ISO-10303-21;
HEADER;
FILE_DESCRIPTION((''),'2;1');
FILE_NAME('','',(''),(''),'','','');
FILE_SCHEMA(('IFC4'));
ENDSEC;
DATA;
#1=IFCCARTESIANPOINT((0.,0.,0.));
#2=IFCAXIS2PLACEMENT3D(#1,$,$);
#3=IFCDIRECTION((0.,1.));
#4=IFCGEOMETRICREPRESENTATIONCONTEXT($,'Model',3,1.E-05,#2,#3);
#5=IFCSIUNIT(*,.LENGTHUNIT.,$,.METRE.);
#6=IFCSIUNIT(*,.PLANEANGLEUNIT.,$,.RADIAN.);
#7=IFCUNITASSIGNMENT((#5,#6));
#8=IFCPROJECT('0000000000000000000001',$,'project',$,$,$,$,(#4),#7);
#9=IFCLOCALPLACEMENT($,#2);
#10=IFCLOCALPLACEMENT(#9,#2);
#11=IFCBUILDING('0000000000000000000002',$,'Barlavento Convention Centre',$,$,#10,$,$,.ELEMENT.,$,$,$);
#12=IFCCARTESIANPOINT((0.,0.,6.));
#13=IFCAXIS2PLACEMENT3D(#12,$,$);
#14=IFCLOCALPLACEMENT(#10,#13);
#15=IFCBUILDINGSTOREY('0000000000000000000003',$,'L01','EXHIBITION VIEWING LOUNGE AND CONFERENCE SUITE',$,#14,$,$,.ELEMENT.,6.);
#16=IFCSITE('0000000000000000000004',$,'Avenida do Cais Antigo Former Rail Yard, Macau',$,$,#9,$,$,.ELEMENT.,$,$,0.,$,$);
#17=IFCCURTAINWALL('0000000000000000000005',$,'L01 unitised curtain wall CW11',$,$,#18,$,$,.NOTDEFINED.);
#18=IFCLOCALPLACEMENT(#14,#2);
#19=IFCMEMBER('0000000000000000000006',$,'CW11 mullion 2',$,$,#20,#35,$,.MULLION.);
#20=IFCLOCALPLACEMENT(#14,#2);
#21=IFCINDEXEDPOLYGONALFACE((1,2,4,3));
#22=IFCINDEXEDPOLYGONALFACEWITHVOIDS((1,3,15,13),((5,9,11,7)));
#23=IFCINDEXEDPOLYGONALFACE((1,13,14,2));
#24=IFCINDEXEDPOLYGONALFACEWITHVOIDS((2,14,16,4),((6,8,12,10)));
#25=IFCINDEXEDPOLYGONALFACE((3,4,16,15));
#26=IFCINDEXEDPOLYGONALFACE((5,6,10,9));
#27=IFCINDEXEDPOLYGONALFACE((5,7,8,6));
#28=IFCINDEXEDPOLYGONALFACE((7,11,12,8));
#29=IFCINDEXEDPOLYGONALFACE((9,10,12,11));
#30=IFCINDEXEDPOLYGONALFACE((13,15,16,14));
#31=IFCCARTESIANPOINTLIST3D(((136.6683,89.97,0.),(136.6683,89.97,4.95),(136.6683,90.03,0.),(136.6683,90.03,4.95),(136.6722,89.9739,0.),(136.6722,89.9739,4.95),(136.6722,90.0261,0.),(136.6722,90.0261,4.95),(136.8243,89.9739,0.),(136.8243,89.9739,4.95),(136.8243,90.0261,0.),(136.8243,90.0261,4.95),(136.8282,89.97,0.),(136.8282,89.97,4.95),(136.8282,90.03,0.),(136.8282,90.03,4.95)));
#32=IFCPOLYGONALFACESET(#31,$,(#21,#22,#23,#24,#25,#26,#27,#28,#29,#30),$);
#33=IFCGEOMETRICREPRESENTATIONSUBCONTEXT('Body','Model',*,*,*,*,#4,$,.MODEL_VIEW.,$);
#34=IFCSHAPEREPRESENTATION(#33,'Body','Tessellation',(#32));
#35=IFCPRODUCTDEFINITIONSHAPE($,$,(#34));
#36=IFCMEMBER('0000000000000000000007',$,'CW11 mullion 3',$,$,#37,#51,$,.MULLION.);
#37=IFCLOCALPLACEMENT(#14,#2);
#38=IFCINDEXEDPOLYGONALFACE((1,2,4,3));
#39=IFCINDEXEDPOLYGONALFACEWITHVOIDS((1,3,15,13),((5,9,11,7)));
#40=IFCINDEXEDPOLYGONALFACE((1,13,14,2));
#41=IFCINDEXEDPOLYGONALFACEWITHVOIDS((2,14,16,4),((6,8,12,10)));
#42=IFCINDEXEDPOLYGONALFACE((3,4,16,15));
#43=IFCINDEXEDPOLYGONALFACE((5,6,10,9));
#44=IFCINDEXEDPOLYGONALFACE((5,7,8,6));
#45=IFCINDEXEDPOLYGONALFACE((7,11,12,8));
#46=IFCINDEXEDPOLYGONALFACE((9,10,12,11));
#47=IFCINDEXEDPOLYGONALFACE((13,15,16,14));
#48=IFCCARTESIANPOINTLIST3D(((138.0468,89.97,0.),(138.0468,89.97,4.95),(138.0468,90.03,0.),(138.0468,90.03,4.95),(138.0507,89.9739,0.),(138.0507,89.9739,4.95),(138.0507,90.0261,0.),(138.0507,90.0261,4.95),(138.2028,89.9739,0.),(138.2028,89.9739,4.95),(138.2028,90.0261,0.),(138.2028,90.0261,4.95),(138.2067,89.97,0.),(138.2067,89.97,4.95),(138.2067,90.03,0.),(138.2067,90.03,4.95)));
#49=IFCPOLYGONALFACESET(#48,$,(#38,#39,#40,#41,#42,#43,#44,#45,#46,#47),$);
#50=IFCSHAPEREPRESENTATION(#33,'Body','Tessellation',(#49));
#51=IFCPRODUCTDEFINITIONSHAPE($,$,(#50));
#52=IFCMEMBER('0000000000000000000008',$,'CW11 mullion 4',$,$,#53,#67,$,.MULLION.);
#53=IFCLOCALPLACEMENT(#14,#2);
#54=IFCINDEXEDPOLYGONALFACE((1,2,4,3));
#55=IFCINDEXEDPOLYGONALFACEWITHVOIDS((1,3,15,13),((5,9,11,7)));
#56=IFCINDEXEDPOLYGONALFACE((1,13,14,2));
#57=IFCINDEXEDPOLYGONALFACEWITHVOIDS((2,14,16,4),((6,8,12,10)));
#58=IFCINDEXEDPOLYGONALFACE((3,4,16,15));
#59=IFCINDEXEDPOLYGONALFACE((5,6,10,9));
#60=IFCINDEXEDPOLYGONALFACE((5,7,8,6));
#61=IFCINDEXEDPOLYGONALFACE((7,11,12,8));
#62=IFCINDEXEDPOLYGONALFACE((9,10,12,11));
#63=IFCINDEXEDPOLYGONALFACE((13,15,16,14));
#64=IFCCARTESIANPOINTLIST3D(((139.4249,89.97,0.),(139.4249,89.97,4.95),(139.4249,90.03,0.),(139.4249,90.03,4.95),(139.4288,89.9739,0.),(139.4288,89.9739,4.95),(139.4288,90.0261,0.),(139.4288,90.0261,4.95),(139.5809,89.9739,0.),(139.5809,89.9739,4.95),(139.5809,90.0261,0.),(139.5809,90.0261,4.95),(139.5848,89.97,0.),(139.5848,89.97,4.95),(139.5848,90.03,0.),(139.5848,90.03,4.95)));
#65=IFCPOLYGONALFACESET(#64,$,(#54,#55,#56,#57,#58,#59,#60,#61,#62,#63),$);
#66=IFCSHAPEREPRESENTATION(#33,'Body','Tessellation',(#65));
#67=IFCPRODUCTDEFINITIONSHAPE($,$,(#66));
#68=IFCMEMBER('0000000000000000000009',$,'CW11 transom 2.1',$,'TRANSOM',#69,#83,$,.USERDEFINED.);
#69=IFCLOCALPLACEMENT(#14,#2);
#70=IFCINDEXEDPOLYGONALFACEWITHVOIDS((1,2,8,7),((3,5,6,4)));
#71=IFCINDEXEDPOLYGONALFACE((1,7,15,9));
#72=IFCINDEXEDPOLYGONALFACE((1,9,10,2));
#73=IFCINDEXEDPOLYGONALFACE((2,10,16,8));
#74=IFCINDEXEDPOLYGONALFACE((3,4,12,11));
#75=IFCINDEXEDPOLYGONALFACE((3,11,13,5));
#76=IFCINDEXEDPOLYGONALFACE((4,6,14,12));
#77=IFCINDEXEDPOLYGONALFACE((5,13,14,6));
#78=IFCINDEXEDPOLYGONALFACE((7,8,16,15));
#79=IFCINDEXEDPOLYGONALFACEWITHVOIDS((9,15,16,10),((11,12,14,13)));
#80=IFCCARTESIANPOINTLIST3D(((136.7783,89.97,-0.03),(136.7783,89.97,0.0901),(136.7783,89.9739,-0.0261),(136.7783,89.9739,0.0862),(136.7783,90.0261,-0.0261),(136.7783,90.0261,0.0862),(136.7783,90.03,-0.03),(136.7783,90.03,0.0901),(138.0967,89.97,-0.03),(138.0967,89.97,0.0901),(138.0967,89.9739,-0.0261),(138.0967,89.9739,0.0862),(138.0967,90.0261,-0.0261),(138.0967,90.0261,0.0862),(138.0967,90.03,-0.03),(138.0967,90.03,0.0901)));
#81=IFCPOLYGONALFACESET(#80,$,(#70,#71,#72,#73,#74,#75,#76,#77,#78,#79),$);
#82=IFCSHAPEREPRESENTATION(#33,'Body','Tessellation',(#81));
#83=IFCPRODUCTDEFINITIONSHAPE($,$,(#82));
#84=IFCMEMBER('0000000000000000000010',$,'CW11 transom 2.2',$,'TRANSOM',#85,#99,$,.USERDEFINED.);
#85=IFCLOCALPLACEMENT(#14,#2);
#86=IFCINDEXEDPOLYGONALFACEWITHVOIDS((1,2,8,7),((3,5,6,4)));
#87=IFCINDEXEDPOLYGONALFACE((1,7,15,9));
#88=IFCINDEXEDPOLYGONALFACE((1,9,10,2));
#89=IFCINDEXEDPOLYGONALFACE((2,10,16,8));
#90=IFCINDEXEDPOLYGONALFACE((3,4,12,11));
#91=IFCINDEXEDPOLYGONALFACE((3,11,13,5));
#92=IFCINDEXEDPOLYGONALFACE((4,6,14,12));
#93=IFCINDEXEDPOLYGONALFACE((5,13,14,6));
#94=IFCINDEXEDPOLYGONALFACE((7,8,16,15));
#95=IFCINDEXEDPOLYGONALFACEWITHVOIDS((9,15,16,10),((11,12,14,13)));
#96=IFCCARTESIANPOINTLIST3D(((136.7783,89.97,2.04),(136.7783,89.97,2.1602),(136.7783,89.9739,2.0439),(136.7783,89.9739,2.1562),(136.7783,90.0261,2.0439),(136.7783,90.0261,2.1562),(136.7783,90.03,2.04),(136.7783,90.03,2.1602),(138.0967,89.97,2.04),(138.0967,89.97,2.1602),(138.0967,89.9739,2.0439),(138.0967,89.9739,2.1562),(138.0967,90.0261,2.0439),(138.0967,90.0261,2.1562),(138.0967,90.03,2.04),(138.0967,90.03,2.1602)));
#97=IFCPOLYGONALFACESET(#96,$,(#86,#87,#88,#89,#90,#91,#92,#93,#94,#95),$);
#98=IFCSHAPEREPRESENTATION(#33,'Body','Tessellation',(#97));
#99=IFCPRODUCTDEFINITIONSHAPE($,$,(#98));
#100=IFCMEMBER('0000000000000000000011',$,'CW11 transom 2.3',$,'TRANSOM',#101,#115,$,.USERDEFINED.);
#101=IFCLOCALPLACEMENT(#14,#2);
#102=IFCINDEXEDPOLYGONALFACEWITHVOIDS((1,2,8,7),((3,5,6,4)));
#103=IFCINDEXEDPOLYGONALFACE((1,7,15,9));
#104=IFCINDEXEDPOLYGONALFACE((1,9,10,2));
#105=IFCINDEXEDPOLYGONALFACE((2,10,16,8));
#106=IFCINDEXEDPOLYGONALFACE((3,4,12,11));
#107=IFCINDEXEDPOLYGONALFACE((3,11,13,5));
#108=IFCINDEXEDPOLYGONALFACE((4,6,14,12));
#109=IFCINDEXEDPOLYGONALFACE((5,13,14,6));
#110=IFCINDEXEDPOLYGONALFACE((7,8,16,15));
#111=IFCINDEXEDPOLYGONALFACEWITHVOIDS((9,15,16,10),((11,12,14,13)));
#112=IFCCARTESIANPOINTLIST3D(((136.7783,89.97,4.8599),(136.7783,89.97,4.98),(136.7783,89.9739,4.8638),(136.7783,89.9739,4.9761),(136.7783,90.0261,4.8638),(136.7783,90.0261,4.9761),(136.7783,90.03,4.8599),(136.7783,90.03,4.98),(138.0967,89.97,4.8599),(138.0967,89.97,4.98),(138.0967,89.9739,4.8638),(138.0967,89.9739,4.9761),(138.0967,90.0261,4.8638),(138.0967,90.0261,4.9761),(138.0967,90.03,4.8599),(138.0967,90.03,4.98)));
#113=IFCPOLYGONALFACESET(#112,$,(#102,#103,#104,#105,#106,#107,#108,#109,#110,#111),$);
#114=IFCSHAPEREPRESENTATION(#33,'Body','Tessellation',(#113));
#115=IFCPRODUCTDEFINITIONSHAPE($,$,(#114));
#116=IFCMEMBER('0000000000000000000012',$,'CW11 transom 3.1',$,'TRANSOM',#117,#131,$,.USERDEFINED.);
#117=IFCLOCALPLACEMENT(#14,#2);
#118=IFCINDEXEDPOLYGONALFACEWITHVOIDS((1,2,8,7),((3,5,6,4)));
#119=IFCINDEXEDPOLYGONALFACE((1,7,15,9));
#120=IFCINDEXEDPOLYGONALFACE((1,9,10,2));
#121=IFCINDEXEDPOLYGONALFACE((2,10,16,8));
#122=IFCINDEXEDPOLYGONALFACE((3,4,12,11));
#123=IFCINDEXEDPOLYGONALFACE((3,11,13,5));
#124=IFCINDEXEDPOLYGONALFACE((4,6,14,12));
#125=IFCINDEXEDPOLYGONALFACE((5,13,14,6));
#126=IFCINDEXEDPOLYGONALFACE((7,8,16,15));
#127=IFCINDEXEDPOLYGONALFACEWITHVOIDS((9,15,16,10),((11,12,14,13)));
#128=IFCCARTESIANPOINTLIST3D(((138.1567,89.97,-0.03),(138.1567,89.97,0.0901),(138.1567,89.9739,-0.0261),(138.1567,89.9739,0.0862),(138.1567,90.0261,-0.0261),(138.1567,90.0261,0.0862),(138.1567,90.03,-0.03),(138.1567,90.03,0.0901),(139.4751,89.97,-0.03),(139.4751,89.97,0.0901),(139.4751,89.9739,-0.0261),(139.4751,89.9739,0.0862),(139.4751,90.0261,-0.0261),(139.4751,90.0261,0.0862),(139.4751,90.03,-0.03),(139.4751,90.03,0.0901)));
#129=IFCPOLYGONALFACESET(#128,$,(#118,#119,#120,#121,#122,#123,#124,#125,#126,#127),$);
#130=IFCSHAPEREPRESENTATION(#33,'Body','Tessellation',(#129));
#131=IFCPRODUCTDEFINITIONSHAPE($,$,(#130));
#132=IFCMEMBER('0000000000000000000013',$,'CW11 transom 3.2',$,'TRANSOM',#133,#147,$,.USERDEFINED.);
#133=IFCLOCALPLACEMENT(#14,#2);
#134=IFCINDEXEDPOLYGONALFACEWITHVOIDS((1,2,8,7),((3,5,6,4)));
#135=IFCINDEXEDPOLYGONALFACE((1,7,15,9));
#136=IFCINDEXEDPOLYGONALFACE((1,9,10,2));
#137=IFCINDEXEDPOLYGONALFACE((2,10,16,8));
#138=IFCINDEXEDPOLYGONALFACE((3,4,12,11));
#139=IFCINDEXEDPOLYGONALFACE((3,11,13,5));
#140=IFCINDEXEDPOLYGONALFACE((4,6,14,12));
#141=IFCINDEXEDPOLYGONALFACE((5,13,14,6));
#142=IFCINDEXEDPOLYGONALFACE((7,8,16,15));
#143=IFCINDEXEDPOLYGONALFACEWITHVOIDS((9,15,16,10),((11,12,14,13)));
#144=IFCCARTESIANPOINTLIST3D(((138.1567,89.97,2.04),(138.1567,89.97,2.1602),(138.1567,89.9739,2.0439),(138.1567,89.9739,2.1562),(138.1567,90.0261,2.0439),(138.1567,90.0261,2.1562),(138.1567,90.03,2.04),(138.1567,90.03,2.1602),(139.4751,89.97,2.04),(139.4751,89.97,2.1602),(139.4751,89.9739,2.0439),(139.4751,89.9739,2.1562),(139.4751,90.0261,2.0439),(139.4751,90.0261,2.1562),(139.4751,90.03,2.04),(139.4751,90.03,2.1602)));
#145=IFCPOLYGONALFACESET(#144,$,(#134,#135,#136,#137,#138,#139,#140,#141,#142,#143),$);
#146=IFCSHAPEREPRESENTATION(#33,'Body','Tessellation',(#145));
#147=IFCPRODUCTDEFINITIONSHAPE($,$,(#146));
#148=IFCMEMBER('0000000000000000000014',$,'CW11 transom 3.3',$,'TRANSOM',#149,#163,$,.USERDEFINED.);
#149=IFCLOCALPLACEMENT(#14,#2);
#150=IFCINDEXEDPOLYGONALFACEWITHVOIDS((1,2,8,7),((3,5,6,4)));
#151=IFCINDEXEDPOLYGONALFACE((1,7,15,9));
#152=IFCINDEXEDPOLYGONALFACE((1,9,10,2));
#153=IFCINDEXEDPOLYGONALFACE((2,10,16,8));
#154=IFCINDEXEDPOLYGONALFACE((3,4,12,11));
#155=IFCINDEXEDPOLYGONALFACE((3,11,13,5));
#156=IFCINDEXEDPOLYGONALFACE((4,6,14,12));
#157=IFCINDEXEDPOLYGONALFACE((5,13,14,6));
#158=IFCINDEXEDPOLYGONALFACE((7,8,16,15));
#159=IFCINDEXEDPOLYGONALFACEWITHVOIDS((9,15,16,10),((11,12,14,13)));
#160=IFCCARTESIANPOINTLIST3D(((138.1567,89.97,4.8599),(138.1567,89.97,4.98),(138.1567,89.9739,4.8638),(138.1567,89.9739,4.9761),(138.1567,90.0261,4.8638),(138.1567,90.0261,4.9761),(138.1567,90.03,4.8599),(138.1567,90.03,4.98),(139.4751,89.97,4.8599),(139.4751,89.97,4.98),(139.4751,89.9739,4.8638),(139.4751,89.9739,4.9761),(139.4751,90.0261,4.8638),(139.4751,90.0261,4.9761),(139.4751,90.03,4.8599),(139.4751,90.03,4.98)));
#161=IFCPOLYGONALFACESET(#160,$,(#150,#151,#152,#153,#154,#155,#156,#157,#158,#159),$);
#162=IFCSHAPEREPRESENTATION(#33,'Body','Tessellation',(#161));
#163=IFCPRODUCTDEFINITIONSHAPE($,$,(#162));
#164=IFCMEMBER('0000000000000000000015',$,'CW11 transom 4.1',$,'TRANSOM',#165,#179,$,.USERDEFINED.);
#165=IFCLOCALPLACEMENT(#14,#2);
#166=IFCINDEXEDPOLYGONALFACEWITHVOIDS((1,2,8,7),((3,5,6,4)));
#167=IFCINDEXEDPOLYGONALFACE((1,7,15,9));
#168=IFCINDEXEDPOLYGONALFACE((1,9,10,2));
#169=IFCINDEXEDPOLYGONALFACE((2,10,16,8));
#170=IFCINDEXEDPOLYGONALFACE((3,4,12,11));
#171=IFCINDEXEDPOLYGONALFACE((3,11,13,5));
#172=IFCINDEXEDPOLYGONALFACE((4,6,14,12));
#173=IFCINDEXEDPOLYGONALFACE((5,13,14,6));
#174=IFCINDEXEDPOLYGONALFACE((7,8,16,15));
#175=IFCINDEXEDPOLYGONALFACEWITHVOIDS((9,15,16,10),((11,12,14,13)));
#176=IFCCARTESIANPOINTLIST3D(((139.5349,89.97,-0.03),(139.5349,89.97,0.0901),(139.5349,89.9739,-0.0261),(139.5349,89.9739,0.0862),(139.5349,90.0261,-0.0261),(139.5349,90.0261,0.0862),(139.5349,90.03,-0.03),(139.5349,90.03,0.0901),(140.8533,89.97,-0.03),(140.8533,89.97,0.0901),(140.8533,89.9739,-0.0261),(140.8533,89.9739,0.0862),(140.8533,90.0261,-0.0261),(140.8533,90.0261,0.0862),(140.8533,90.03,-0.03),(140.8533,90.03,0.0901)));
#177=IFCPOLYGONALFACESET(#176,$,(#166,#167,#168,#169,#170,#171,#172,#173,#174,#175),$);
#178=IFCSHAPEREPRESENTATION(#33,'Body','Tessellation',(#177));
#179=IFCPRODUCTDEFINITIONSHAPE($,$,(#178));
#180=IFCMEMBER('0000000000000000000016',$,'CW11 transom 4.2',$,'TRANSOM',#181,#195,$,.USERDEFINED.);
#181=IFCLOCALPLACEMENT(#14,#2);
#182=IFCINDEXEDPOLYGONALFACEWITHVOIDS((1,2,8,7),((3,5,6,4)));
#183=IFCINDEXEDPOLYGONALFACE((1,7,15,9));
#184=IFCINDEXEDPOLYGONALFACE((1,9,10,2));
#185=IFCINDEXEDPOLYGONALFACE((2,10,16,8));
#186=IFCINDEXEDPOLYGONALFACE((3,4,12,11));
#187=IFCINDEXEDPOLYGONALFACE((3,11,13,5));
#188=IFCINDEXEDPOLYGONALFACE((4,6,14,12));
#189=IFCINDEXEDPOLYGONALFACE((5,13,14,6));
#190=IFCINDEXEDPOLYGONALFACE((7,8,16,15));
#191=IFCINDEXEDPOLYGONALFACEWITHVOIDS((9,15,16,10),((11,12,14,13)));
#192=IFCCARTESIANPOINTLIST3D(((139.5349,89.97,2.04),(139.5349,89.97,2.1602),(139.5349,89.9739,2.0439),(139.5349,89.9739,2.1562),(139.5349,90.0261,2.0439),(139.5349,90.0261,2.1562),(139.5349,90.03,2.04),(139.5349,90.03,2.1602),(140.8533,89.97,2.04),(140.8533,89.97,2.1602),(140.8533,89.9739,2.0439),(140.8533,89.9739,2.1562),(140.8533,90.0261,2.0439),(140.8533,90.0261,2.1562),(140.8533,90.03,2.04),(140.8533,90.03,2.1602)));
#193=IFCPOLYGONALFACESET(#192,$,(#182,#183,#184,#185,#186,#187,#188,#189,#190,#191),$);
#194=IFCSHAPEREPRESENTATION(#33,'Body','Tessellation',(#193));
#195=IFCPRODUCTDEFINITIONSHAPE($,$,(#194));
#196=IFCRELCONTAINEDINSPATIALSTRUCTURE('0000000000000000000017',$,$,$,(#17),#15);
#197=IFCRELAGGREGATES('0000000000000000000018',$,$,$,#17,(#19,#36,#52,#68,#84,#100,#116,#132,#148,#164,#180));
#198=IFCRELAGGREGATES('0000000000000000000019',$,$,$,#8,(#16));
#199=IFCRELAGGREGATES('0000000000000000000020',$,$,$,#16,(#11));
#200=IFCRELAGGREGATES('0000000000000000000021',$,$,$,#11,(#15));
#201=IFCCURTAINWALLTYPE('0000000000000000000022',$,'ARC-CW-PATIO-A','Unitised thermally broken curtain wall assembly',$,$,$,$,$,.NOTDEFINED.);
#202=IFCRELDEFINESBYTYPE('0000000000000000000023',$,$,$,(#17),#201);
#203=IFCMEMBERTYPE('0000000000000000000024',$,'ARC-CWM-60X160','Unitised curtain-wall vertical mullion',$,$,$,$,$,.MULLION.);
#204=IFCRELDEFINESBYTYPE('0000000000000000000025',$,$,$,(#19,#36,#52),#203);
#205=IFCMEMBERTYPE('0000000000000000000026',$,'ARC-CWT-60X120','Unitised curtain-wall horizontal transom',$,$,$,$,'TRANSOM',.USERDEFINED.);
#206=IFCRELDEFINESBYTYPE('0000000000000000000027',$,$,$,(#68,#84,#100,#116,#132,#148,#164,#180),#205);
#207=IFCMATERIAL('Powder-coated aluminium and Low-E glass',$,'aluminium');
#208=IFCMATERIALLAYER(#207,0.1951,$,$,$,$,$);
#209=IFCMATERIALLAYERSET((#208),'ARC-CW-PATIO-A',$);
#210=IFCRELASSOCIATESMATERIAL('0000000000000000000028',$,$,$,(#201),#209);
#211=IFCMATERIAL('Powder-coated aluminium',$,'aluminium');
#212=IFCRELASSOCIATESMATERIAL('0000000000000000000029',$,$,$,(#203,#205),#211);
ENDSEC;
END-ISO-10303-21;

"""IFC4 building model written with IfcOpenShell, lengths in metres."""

from ifc_helpers import new_model, si_unit, direction, frame, origin, origin_2d, place, context, subcontext, project, spatial, hollow_rectangle, extrude, material, layer, layer_set, material_profile, profile_set, type_object, element, aggregate, save


model = new_model("IFC4")

# Units and contexts
model_context = context("Model", 3, precision=1e-05, world=origin(), true_north=direction((0.0, 1.0)))
body_context = subcontext(model_context, "Body", "Model", "MODEL_VIEW")
ifc_project = project(units=[si_unit("LENGTHUNIT", "METRE"), si_unit("PLANEANGLEUNIT", "RADIAN")], contexts=[model_context])

# Site, building, storey
site_placement = place(None, origin())
site = spatial("IfcSite", under=ifc_project, at=site_placement, Name="Avenida do Cais Antigo Former Rail Yard, Macau", CompositionType="ELEMENT", RefElevation=0.0)
building_placement = place(site_placement, origin())
building = spatial("IfcBuilding", under=site, at=building_placement, Name="Barlavento Convention Centre", CompositionType="ELEMENT")
storey_placement = place(building_placement, frame((0.0, 0.0, 6.0)))
storey = spatial("IfcBuildingStorey", under=building, at=storey_placement, Name="L01", Description="EXHIBITION VIEWING LOUNGE AND CONFERENCE SUITE", CompositionType="ELEMENT", Elevation=6.0)

# Curtain wall, members
ifc_material_1 = material(Name="Powder-coated aluminium and Low-E glass", Category="aluminium")
ifc_layer_1 = layer(ifc_material_1, 0.1951)
ifc_layer_set_1 = layer_set([ifc_layer_1], Name="ARC-CW-PATIO-A")
curtain_wall_type = type_object("IfcCurtainWallType", Name="ARC-CW-PATIO-A", Description="Unitised thermally broken curtain wall assembly", PredefinedType="NOTDEFINED", material=ifc_layer_set_1)
curtain_wall_placement = place(storey_placement, origin())
curtain_wall = element("IfcCurtainWall", 1, at=curtain_wall_placement, inside=storey, type_object=curtain_wall_type, Name="L01 unitised curtain wall CW11", PredefinedType="NOTDEFINED")
ifc_material_2 = material(Name="Powder-coated aluminium", Category="aluminium")
ifc_material_profile_1 = material_profile(ifc_material_2, hollow_rectangle(XDim=0.0601, YDim=0.1599, WallThickness=0.0039, at=origin_2d()), Name="AL-MULL 60x160x4")
ifc_profile_set_1 = profile_set([ifc_material_profile_1], Name="Powder-coated aluminium")
member_type_1 = type_object("IfcMemberType", Name="ARC-CWM-60X160", Description="Unitised curtain-wall vertical mullion", PredefinedType="MULLION", material=ifc_profile_set_1)
member_1_placement = place(storey_placement, frame((136.7483, 90.0, 0.0), z_axis=(0.0, 0.0, 1.0), x_axis=(0.0, 1.0, 0.0)))
member_1 = element("IfcMember", 2, at=member_1_placement, type_object=member_type_1, Name="CW11 mullion 2", PredefinedType="MULLION", context=body_context, shape_type="SweptSolid", body=[
    extrude(hollow_rectangle(XDim=0.0601, YDim=0.1599, WallThickness=0.0039, at=origin_2d()), origin(), (0.0, 0.0, 1.0), 4.95),
])
member_2_placement = place(storey_placement, frame((138.1267, 90.0, 0.0), z_axis=(0.0, 0.0, 1.0), x_axis=(0.0, 1.0, 0.0)))
member_2 = element("IfcMember", 3, at=member_2_placement, type_object=member_type_1, Name="CW11 mullion 3", PredefinedType="MULLION", context=body_context, shape_type="SweptSolid", body=[
    extrude(hollow_rectangle(XDim=0.0601, YDim=0.1599, WallThickness=0.0039, at=origin_2d()), origin(), (0.0, 0.0, 1.0), 4.95),
])
member_3_placement = place(storey_placement, frame((139.5049, 90.0, 0.0), z_axis=(0.0, 0.0, 1.0), x_axis=(0.0, 1.0, 0.0)))
member_3 = element("IfcMember", 4, at=member_3_placement, type_object=member_type_1, Name="CW11 mullion 4", PredefinedType="MULLION", context=body_context, shape_type="SweptSolid", body=[
    extrude(hollow_rectangle(XDim=0.0601, YDim=0.1599, WallThickness=0.0039, at=origin_2d()), origin(), (0.0, 0.0, 1.0), 4.95),
])
ifc_material_profile_2 = material_profile(ifc_material_2, hollow_rectangle(XDim=0.0601, YDim=0.1201, WallThickness=0.0039, at=origin_2d()), Name="AL-TRAN 60x120x4")
ifc_profile_set_2 = profile_set([ifc_material_profile_2], Name="Powder-coated aluminium")
member_type_2 = type_object("IfcMemberType", Name="ARC-CWT-60X120", Description="Unitised curtain-wall horizontal transom", ElementType="TRANSOM", PredefinedType="USERDEFINED", material=ifc_profile_set_2)
member_4_placement = place(storey_placement, frame((136.7783, 90.0, 0.03), z_axis=(1.0, 0.0, 0.0), x_axis=(0.0, 1.0, 0.0)))
member_4 = element("IfcMember", 5, at=member_4_placement, type_object=member_type_2, Name="CW11 transom 2.1", ObjectType="TRANSOM", PredefinedType="USERDEFINED", context=body_context, shape_type="SweptSolid", body=[
    extrude(hollow_rectangle(XDim=0.0601, YDim=0.1201, WallThickness=0.0039, at=origin_2d()), origin(), (0.0, 0.0, 1.0), 1.3184),
])
member_5_placement = place(storey_placement, frame((136.7783, 90.0, 2.1001), z_axis=(1.0, 0.0, 0.0), x_axis=(0.0, 1.0, 0.0)))
member_5 = element("IfcMember", 6, at=member_5_placement, type_object=member_type_2, Name="CW11 transom 2.2", ObjectType="TRANSOM", PredefinedType="USERDEFINED", context=body_context, shape_type="SweptSolid", body=[
    extrude(hollow_rectangle(XDim=0.0601, YDim=0.1201, WallThickness=0.0039, at=origin_2d()), origin(), (0.0, 0.0, 1.0), 1.3184),
])
member_6_placement = place(storey_placement, frame((136.7783, 90.0, 4.9199), z_axis=(1.0, 0.0, 0.0), x_axis=(0.0, 1.0, 0.0)))
member_6 = element("IfcMember", 7, at=member_6_placement, type_object=member_type_2, Name="CW11 transom 2.3", ObjectType="TRANSOM", PredefinedType="USERDEFINED", context=body_context, shape_type="SweptSolid", body=[
    extrude(hollow_rectangle(XDim=0.0601, YDim=0.1201, WallThickness=0.0039, at=origin_2d()), origin(), (0.0, 0.0, 1.0), 1.3184),
])
member_7_placement = place(storey_placement, frame((138.1567, 90.0, 0.03), z_axis=(1.0, 0.0, 0.0), x_axis=(0.0, 1.0, 0.0)))
member_7 = element("IfcMember", 8, at=member_7_placement, type_object=member_type_2, Name="CW11 transom 3.1", ObjectType="TRANSOM", PredefinedType="USERDEFINED", context=body_context, shape_type="SweptSolid", body=[
    extrude(hollow_rectangle(XDim=0.0601, YDim=0.1201, WallThickness=0.0039, at=origin_2d()), origin(), (0.0, 0.0, 1.0), 1.3184),
])
member_8_placement = place(storey_placement, frame((138.1567, 90.0, 2.1001), z_axis=(1.0, 0.0, 0.0), x_axis=(0.0, 1.0, 0.0)))
member_8 = element("IfcMember", 9, at=member_8_placement, type_object=member_type_2, Name="CW11 transom 3.2", ObjectType="TRANSOM", PredefinedType="USERDEFINED", context=body_context, shape_type="SweptSolid", body=[
    extrude(hollow_rectangle(XDim=0.0601, YDim=0.1201, WallThickness=0.0039, at=origin_2d()), origin(), (0.0, 0.0, 1.0), 1.3184),
])
member_9_placement = place(storey_placement, frame((138.1567, 90.0, 4.9199), z_axis=(1.0, 0.0, 0.0), x_axis=(0.0, 1.0, 0.0)))
member_9 = element("IfcMember", 10, at=member_9_placement, type_object=member_type_2, Name="CW11 transom 3.3", ObjectType="TRANSOM", PredefinedType="USERDEFINED", context=body_context, shape_type="SweptSolid", body=[
    extrude(hollow_rectangle(XDim=0.0601, YDim=0.1201, WallThickness=0.0039, at=origin_2d()), origin(), (0.0, 0.0, 1.0), 1.3184),
])
member_10_placement = place(storey_placement, frame((139.5349, 90.0, 0.03), z_axis=(1.0, 0.0, 0.0), x_axis=(0.0, 1.0, 0.0)))
member_10 = element("IfcMember", 11, at=member_10_placement, type_object=member_type_2, Name="CW11 transom 4.1", ObjectType="TRANSOM", PredefinedType="USERDEFINED", context=body_context, shape_type="SweptSolid", body=[
    extrude(hollow_rectangle(XDim=0.0601, YDim=0.1201, WallThickness=0.0039, at=origin_2d()), origin(), (0.0, 0.0, 1.0), 1.3184),
])
member_11_placement = place(storey_placement, frame((139.5349, 90.0, 2.1001), z_axis=(1.0, 0.0, 0.0), x_axis=(0.0, 1.0, 0.0)))
member_11 = element("IfcMember", 12, at=member_11_placement, type_object=member_type_2, Name="CW11 transom 4.2", ObjectType="TRANSOM", PredefinedType="USERDEFINED", context=body_context, shape_type="SweptSolid", body=[
    extrude(hollow_rectangle(XDim=0.0601, YDim=0.1201, WallThickness=0.0039, at=origin_2d()), origin(), (0.0, 0.0, 1.0), 1.3184),
])
aggregate(curtain_wall, [member_1, member_2, member_3, member_4, member_5, member_6, member_7, member_8, member_9, member_10, member_11])

save(model, "model.ifc")
